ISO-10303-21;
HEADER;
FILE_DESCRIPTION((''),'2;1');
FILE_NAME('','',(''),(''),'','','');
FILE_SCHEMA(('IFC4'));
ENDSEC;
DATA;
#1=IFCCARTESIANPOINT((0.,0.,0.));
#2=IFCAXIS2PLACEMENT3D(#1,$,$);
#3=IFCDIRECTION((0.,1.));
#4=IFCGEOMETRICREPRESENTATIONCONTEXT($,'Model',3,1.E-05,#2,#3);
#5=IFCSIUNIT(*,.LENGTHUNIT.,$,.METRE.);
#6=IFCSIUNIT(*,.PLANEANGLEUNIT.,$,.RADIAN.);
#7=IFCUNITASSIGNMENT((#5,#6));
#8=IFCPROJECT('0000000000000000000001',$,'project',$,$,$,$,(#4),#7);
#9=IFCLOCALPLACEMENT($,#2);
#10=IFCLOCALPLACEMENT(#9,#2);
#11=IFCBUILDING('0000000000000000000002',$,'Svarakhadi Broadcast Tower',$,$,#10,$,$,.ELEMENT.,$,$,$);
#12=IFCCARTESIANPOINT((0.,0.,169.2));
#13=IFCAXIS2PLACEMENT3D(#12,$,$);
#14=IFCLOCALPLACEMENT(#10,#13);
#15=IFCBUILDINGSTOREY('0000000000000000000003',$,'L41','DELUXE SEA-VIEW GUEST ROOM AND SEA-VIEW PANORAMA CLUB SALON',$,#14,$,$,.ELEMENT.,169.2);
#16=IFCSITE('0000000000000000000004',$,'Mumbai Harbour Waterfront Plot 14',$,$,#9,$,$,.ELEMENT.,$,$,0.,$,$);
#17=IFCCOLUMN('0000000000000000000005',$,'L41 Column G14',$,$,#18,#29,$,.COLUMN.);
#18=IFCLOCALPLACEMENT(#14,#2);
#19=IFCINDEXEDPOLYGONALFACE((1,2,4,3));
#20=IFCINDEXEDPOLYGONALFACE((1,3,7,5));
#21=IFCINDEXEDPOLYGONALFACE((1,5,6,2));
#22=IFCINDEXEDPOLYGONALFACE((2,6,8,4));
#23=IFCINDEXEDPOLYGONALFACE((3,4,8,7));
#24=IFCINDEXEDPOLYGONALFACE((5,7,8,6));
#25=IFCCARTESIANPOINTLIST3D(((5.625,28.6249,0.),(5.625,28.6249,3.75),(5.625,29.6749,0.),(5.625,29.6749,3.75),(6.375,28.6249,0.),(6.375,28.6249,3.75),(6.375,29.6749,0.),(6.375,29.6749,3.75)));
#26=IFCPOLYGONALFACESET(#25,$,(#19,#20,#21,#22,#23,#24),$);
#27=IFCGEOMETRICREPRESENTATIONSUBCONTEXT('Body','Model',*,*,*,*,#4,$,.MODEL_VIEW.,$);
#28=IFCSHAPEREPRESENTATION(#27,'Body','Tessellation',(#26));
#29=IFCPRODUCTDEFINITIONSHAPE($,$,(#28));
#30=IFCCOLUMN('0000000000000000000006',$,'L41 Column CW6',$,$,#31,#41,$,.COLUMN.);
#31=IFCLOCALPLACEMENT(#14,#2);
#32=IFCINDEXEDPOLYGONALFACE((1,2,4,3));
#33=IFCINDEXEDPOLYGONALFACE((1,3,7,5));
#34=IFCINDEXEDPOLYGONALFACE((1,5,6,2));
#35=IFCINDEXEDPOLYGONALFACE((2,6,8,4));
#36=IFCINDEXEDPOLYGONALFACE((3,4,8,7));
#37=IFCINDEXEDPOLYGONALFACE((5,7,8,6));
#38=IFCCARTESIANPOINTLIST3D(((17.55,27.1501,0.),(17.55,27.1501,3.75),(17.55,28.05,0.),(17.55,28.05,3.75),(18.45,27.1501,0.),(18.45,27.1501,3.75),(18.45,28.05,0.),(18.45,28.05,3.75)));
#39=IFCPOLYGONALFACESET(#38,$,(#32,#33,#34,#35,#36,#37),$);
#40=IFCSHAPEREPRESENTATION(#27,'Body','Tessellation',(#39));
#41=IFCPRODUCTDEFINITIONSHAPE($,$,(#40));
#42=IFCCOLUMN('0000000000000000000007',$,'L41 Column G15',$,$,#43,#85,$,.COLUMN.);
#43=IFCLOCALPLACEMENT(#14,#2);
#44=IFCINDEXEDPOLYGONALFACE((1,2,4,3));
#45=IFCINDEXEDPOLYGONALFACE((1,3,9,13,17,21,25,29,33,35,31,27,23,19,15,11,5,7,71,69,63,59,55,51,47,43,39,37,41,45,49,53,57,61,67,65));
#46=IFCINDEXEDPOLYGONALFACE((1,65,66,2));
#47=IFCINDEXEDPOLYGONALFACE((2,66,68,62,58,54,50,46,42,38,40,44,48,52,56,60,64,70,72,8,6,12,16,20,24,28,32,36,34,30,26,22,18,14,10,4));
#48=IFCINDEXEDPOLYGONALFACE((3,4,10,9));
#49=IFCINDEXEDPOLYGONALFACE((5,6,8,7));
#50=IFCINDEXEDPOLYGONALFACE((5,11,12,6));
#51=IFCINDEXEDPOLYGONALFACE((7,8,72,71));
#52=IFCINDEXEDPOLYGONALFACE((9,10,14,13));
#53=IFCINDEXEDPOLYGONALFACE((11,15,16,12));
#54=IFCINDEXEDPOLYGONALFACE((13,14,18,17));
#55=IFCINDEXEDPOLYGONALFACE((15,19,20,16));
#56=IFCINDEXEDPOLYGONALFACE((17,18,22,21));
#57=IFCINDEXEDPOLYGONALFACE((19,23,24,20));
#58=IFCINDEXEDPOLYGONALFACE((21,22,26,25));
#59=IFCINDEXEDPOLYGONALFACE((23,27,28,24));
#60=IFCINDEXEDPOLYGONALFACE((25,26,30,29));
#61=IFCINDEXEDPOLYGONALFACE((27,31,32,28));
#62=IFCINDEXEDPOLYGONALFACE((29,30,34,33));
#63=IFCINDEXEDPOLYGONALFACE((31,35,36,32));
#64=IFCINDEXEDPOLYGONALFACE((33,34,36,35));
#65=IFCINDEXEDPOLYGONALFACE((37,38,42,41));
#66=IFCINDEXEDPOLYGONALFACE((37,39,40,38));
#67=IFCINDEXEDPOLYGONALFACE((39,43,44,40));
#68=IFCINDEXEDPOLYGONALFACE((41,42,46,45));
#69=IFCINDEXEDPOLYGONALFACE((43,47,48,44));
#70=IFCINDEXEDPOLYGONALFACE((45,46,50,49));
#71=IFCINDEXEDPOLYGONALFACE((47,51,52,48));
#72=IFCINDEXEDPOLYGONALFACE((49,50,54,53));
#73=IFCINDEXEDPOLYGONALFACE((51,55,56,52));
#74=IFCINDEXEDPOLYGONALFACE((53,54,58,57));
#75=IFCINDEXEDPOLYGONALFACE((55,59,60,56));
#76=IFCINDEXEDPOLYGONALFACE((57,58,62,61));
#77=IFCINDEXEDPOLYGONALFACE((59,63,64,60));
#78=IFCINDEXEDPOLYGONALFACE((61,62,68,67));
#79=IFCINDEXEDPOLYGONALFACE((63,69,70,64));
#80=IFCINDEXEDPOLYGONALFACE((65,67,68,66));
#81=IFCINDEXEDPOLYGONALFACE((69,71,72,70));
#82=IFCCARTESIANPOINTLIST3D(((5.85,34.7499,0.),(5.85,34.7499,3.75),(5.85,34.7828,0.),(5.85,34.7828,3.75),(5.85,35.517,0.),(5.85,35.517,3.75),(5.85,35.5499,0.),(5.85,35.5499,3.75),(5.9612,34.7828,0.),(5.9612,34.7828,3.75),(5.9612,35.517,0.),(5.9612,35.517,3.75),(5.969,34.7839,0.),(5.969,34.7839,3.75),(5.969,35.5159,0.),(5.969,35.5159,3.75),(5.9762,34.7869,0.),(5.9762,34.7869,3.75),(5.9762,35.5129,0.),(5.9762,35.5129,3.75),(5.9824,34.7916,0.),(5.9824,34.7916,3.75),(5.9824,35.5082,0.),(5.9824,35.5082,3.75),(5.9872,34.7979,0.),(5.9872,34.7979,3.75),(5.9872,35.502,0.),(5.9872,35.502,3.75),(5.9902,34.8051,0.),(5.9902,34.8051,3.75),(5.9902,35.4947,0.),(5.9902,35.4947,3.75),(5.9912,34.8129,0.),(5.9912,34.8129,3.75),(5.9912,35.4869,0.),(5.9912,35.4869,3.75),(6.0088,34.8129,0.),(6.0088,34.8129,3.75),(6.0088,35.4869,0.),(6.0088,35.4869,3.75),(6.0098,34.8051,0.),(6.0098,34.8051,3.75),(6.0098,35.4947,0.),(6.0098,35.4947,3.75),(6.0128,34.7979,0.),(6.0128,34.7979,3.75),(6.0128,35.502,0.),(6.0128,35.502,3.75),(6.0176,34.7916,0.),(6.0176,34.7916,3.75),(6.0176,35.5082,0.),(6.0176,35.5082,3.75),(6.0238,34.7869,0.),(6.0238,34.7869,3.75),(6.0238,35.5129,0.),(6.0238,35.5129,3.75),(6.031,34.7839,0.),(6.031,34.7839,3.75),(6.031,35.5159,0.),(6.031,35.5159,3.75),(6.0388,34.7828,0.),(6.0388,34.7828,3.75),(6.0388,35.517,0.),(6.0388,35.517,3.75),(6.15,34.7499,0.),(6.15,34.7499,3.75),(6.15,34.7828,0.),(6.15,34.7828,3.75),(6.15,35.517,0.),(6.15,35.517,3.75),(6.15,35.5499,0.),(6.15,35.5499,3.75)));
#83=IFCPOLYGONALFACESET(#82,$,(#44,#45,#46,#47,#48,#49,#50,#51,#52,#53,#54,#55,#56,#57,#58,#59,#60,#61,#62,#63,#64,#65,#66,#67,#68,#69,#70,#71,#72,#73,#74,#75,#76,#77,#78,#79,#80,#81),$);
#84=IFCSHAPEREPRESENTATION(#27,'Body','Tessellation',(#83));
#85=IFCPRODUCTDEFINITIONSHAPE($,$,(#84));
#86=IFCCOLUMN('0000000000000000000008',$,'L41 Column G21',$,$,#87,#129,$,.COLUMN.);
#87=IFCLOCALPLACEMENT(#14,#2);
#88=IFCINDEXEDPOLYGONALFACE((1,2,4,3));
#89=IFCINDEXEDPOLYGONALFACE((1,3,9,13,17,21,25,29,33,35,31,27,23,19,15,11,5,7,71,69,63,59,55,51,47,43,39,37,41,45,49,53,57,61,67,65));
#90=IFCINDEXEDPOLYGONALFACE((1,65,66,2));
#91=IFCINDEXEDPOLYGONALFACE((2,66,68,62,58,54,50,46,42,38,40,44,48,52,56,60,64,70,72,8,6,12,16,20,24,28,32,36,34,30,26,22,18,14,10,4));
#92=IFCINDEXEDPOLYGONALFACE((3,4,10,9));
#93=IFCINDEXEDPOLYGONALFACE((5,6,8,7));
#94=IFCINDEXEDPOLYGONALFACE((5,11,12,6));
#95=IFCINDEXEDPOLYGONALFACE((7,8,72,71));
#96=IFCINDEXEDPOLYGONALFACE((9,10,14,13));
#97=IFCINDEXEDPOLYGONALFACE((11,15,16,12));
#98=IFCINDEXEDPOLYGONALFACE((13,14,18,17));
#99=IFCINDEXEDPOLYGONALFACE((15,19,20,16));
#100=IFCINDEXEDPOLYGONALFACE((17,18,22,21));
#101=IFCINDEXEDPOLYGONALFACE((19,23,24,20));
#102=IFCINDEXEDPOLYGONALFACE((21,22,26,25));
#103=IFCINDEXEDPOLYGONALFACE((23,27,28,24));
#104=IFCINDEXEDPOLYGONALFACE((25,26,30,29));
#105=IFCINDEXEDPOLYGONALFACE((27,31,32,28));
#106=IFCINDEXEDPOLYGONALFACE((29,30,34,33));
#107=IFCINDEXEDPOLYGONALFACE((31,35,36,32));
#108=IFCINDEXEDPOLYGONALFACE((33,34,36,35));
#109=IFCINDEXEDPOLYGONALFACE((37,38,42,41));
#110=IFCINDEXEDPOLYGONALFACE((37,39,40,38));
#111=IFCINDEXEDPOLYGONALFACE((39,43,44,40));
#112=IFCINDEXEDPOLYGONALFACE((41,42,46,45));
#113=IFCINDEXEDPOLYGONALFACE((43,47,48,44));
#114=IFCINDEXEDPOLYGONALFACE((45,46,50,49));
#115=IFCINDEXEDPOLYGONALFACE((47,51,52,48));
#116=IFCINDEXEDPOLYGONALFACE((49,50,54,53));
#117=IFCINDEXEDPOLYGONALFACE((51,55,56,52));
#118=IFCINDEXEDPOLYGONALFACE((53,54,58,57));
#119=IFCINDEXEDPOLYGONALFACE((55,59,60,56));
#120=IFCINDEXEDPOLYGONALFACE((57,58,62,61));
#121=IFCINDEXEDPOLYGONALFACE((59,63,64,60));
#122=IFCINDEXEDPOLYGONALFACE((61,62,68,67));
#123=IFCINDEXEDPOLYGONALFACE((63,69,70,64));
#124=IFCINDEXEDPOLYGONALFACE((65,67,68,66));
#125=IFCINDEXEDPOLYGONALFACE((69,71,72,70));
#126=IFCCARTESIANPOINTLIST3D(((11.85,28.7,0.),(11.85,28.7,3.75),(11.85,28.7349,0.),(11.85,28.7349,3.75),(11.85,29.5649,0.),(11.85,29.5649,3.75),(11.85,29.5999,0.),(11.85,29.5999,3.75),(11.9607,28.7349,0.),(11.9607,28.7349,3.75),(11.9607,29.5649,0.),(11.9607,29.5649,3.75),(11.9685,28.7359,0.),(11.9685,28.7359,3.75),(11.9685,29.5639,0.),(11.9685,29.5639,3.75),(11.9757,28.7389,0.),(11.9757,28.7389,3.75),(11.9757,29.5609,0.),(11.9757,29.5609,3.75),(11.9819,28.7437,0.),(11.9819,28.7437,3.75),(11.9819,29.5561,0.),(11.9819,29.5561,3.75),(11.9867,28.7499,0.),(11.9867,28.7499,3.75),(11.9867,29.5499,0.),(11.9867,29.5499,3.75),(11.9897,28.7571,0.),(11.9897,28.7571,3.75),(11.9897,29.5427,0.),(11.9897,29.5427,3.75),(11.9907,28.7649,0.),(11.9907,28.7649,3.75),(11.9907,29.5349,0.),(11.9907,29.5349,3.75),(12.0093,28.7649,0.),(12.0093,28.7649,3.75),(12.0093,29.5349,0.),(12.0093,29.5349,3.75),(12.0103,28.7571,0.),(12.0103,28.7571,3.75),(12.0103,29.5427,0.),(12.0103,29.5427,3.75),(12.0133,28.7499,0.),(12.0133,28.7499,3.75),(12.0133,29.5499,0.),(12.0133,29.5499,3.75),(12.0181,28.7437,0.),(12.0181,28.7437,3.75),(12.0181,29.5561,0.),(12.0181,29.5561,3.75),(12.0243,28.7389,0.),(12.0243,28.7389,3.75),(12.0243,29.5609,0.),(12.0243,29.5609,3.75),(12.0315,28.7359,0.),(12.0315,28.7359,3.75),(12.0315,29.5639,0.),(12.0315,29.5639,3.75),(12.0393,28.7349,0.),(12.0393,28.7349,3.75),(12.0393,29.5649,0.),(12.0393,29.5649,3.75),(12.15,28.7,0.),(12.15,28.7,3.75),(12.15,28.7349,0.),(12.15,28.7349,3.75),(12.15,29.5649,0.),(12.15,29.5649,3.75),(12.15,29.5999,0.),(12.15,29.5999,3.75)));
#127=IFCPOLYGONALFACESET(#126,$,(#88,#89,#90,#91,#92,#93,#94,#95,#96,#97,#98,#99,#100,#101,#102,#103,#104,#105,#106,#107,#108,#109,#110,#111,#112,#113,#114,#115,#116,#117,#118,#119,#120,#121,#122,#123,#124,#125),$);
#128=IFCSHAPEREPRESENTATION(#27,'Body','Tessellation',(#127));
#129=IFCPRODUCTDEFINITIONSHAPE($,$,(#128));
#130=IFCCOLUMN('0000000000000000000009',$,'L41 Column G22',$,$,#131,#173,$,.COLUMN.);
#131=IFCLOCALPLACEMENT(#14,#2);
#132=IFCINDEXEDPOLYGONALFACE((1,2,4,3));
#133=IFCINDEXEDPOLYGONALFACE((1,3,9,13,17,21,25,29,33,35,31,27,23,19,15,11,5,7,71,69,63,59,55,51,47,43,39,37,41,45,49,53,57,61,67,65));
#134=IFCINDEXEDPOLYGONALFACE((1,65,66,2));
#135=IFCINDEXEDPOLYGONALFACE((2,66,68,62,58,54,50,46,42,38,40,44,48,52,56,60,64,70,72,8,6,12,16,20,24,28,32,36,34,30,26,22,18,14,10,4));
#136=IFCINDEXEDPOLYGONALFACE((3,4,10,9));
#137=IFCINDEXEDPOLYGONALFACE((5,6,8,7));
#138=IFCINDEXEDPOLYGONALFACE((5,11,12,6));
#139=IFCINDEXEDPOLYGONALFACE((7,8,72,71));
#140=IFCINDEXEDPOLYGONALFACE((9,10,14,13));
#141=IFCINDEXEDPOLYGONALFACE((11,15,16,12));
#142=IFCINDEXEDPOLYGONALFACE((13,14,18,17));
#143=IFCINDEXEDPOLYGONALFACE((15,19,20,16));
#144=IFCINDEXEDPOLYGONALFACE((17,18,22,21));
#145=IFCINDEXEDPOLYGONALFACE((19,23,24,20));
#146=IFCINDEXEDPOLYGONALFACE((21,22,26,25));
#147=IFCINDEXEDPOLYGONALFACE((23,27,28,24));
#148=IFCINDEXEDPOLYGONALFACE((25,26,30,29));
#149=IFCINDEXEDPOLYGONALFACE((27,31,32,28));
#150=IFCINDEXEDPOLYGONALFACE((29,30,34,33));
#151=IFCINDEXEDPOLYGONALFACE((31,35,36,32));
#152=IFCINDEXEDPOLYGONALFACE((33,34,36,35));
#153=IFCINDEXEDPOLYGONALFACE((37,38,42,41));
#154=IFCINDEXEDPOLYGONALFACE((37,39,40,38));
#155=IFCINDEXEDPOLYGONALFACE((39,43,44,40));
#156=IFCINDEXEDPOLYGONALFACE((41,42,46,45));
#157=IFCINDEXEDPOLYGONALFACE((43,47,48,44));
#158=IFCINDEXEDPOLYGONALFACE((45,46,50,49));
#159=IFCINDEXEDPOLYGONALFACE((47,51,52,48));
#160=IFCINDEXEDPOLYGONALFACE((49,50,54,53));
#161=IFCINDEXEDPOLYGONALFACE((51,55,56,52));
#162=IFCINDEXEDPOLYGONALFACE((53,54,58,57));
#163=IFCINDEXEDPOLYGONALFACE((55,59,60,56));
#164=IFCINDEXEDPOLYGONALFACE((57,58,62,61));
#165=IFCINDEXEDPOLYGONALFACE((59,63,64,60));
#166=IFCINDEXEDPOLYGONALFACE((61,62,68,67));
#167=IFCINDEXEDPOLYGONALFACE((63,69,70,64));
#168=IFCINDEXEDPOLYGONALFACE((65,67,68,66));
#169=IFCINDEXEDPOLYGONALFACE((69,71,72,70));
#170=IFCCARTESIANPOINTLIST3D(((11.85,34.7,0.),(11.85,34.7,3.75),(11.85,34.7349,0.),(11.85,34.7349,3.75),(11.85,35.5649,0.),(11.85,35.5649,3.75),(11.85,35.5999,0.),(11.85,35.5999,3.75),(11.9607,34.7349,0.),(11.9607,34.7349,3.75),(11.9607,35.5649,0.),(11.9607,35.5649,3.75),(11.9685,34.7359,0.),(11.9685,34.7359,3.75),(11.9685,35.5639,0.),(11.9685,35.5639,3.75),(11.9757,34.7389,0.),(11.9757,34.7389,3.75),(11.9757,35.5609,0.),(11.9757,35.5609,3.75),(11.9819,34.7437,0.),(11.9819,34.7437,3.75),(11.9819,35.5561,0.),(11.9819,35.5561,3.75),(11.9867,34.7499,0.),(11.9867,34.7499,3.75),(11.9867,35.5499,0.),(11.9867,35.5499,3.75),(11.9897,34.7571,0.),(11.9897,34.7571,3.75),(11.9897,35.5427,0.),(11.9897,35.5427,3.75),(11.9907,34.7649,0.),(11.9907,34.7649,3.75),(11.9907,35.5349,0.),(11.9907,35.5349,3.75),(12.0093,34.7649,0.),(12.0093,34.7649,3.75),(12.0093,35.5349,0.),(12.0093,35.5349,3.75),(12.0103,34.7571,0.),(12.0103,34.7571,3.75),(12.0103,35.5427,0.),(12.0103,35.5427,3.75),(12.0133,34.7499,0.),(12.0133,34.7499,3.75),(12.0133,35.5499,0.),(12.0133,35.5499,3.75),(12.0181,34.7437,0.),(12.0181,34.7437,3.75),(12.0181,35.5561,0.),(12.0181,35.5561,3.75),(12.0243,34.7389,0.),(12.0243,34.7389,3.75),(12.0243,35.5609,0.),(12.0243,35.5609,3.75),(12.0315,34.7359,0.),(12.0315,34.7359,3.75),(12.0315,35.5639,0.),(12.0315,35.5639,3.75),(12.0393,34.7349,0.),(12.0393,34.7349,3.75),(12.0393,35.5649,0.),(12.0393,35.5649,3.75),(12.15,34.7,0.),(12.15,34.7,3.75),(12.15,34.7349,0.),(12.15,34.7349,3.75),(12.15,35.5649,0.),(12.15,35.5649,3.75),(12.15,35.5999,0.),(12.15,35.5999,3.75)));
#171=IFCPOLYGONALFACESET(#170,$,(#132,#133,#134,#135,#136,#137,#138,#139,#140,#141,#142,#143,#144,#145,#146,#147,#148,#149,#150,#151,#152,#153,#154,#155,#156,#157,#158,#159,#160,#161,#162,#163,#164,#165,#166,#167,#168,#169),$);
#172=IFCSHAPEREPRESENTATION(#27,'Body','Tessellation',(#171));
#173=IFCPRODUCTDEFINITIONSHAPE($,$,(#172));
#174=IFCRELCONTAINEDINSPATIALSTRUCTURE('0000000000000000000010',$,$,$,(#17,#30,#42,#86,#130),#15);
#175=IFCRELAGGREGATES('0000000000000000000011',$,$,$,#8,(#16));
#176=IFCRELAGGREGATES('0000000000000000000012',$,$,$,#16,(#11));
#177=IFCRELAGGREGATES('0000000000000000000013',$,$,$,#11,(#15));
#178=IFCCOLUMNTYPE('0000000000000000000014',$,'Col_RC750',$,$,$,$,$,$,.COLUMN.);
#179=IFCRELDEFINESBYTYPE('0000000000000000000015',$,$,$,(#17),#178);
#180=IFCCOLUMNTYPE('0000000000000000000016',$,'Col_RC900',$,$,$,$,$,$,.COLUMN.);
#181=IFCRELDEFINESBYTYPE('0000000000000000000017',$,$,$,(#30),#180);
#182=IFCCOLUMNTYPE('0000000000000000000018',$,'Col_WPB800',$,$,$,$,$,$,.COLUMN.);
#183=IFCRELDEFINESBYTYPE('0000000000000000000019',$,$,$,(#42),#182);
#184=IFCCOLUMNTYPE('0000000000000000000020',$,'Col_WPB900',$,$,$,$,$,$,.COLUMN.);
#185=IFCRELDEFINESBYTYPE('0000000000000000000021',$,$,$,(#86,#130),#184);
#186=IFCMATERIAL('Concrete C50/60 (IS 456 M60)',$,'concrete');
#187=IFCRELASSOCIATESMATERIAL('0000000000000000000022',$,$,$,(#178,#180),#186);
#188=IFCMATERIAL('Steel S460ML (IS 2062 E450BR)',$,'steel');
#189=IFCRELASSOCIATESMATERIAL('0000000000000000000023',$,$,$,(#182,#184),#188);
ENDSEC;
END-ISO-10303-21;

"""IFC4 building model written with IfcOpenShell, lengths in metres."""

from ifc_helpers import new_model, si_unit, direction, frame, origin, origin_2d, place, context, subcontext, project, spatial, rectangle, i_section, extrude, material, material_profile, profile_set, type_object, element, save


model = new_model("IFC4")

# Units and contexts
model_context = context("Model", 3, precision=1e-05, world=origin(), true_north=direction((0.0, 1.0)))
body_context = subcontext(model_context, "Body", "Model", "MODEL_VIEW")
ifc_project = project(units=[si_unit("LENGTHUNIT", "METRE"), si_unit("PLANEANGLEUNIT", "RADIAN")], contexts=[model_context])

# Site, building, storey
site_placement = place(None, origin())
site = spatial("IfcSite", under=ifc_project, at=site_placement, Name="Mumbai Harbour Waterfront Plot 14", CompositionType="ELEMENT", RefElevation=0.0)
building_placement = place(site_placement, origin())
building = spatial("IfcBuilding", under=site, at=building_placement, Name="Svarakhadi Broadcast Tower", CompositionType="ELEMENT")
storey_placement = place(building_placement, frame((0.0, 0.0, 169.2)))
storey = spatial("IfcBuildingStorey", under=building, at=storey_placement, Name="L41", Description="DELUXE SEA-VIEW GUEST ROOM AND SEA-VIEW PANORAMA CLUB SALON", CompositionType="ELEMENT", Elevation=169.2)

# Columns
ifc_material_1 = material(Name="Concrete C50/60 (IS 456 M60)", Category="concrete")
ifc_material_profile_1 = material_profile(ifc_material_1, rectangle(XDim=0.75, YDim=1.05, at=origin_2d()), Name="RC 750x1050")
ifc_profile_set_1 = profile_set([ifc_material_profile_1], Name="Concrete C50/60 (IS 456 M60)")
column_type_1 = type_object("IfcColumnType", Name="Col_RC750", PredefinedType="COLUMN", material=ifc_profile_set_1)
column_1_placement = place(storey_placement, frame((6.0, 29.1499, 0.0), z_axis=(0.0, 0.0, 1.0), x_axis=(1.0, 0.0, 0.0)))
element("IfcColumn", 1, at=column_1_placement, inside=storey, type_object=column_type_1, Name="L41 Column G14", PredefinedType="COLUMN", context=body_context, shape_type="SweptSolid", body=[
    extrude(rectangle(XDim=0.75, YDim=1.05, at=origin_2d()), origin(), (0.0, 0.0, 1.0), 3.75),
])
ifc_material_profile_2 = material_profile(ifc_material_1, rectangle(XDim=0.8999, YDim=0.8999, at=origin_2d()), Name="RC 900x900")
ifc_profile_set_2 = profile_set([ifc_material_profile_2], Name="Concrete C50/60 (IS 456 M60)")
column_type_2 = type_object("IfcColumnType", Name="Col_RC900", PredefinedType="COLUMN", material=ifc_profile_set_2)
column_2_placement = place(storey_placement, frame((18.0, 27.6001, 0.0), z_axis=(0.0, 0.0, 1.0), x_axis=(1.0, 0.0, 0.0)))
element("IfcColumn", 2, at=column_2_placement, inside=storey, type_object=column_type_2, Name="L41 Column CW6", PredefinedType="COLUMN", context=body_context, shape_type="SweptSolid", body=[
    extrude(rectangle(XDim=0.8999, YDim=0.8999, at=origin_2d()), origin(), (0.0, 0.0, 1.0), 3.75),
])
ifc_material_2 = material(Name="Steel S460ML (IS 2062 E450BR)", Category="steel")
ifc_material_profile_3 = material_profile(ifc_material_2, i_section(OverallWidth=0.3, OverallDepth=0.8, WebThickness=0.0176, FlangeThickness=0.033, FilletRadius=0.03, at=origin_2d()), Name="WPB 800x300x262")
ifc_profile_set_3 = profile_set([ifc_material_profile_3], Name="Steel S460ML (IS 2062 E450BR)")
column_type_3 = type_object("IfcColumnType", Name="Col_WPB800", PredefinedType="COLUMN", material=ifc_profile_set_3)
column_3_placement = place(storey_placement, frame((6.0, 35.1499, 0.0), z_axis=(0.0, 0.0, 1.0), x_axis=(1.0, 0.0, 0.0)))
element("IfcColumn", 3, at=column_3_placement, inside=storey, type_object=column_type_3, Name="L41 Column G15", PredefinedType="COLUMN", context=body_context, shape_type="SweptSolid", body=[
    extrude(i_section(OverallWidth=0.3, OverallDepth=0.8, WebThickness=0.0176, FlangeThickness=0.033, FilletRadius=0.03, at=origin_2d()), origin(), (0.0, 0.0, 1.0), 3.75),
])
ifc_material_profile_4 = material_profile(ifc_material_2, i_section(OverallWidth=0.3, OverallDepth=0.8999, WebThickness=0.0186, FlangeThickness=0.0349, FilletRadius=0.03, at=origin_2d()), Name="WPB 900x300x291")
ifc_profile_set_4 = profile_set([ifc_material_profile_4], Name="Steel S460ML (IS 2062 E450BR)")
column_type_4 = type_object("IfcColumnType", Name="Col_WPB900", PredefinedType="COLUMN", material=ifc_profile_set_4)
for number, where, z_axis, x_axis, name in (
    (4, (12.0, 29.1499, 0.0), (0.0, 0.0, 1.0), (1.0, 0.0, 0.0), "L41 Column G21"),
    (5, (12.0, 35.1499, 0.0), (0.0, 0.0, 1.0), (1.0, 0.0, 0.0), "L41 Column G22"),
):
    element("IfcColumn", number, at=place(storey_placement, frame(where, z_axis=z_axis, x_axis=x_axis)), inside=storey, type_object=column_type_4, Name=name, PredefinedType="COLUMN", context=body_context, shape_type="SweptSolid", body=[
        extrude(i_section(OverallWidth=0.3, OverallDepth=0.8999, WebThickness=0.0186, FlangeThickness=0.0349, FilletRadius=0.03, at=origin_2d()), origin(), (0.0, 0.0, 1.0), 3.75),
    ])

save(model, "model.ifc")
